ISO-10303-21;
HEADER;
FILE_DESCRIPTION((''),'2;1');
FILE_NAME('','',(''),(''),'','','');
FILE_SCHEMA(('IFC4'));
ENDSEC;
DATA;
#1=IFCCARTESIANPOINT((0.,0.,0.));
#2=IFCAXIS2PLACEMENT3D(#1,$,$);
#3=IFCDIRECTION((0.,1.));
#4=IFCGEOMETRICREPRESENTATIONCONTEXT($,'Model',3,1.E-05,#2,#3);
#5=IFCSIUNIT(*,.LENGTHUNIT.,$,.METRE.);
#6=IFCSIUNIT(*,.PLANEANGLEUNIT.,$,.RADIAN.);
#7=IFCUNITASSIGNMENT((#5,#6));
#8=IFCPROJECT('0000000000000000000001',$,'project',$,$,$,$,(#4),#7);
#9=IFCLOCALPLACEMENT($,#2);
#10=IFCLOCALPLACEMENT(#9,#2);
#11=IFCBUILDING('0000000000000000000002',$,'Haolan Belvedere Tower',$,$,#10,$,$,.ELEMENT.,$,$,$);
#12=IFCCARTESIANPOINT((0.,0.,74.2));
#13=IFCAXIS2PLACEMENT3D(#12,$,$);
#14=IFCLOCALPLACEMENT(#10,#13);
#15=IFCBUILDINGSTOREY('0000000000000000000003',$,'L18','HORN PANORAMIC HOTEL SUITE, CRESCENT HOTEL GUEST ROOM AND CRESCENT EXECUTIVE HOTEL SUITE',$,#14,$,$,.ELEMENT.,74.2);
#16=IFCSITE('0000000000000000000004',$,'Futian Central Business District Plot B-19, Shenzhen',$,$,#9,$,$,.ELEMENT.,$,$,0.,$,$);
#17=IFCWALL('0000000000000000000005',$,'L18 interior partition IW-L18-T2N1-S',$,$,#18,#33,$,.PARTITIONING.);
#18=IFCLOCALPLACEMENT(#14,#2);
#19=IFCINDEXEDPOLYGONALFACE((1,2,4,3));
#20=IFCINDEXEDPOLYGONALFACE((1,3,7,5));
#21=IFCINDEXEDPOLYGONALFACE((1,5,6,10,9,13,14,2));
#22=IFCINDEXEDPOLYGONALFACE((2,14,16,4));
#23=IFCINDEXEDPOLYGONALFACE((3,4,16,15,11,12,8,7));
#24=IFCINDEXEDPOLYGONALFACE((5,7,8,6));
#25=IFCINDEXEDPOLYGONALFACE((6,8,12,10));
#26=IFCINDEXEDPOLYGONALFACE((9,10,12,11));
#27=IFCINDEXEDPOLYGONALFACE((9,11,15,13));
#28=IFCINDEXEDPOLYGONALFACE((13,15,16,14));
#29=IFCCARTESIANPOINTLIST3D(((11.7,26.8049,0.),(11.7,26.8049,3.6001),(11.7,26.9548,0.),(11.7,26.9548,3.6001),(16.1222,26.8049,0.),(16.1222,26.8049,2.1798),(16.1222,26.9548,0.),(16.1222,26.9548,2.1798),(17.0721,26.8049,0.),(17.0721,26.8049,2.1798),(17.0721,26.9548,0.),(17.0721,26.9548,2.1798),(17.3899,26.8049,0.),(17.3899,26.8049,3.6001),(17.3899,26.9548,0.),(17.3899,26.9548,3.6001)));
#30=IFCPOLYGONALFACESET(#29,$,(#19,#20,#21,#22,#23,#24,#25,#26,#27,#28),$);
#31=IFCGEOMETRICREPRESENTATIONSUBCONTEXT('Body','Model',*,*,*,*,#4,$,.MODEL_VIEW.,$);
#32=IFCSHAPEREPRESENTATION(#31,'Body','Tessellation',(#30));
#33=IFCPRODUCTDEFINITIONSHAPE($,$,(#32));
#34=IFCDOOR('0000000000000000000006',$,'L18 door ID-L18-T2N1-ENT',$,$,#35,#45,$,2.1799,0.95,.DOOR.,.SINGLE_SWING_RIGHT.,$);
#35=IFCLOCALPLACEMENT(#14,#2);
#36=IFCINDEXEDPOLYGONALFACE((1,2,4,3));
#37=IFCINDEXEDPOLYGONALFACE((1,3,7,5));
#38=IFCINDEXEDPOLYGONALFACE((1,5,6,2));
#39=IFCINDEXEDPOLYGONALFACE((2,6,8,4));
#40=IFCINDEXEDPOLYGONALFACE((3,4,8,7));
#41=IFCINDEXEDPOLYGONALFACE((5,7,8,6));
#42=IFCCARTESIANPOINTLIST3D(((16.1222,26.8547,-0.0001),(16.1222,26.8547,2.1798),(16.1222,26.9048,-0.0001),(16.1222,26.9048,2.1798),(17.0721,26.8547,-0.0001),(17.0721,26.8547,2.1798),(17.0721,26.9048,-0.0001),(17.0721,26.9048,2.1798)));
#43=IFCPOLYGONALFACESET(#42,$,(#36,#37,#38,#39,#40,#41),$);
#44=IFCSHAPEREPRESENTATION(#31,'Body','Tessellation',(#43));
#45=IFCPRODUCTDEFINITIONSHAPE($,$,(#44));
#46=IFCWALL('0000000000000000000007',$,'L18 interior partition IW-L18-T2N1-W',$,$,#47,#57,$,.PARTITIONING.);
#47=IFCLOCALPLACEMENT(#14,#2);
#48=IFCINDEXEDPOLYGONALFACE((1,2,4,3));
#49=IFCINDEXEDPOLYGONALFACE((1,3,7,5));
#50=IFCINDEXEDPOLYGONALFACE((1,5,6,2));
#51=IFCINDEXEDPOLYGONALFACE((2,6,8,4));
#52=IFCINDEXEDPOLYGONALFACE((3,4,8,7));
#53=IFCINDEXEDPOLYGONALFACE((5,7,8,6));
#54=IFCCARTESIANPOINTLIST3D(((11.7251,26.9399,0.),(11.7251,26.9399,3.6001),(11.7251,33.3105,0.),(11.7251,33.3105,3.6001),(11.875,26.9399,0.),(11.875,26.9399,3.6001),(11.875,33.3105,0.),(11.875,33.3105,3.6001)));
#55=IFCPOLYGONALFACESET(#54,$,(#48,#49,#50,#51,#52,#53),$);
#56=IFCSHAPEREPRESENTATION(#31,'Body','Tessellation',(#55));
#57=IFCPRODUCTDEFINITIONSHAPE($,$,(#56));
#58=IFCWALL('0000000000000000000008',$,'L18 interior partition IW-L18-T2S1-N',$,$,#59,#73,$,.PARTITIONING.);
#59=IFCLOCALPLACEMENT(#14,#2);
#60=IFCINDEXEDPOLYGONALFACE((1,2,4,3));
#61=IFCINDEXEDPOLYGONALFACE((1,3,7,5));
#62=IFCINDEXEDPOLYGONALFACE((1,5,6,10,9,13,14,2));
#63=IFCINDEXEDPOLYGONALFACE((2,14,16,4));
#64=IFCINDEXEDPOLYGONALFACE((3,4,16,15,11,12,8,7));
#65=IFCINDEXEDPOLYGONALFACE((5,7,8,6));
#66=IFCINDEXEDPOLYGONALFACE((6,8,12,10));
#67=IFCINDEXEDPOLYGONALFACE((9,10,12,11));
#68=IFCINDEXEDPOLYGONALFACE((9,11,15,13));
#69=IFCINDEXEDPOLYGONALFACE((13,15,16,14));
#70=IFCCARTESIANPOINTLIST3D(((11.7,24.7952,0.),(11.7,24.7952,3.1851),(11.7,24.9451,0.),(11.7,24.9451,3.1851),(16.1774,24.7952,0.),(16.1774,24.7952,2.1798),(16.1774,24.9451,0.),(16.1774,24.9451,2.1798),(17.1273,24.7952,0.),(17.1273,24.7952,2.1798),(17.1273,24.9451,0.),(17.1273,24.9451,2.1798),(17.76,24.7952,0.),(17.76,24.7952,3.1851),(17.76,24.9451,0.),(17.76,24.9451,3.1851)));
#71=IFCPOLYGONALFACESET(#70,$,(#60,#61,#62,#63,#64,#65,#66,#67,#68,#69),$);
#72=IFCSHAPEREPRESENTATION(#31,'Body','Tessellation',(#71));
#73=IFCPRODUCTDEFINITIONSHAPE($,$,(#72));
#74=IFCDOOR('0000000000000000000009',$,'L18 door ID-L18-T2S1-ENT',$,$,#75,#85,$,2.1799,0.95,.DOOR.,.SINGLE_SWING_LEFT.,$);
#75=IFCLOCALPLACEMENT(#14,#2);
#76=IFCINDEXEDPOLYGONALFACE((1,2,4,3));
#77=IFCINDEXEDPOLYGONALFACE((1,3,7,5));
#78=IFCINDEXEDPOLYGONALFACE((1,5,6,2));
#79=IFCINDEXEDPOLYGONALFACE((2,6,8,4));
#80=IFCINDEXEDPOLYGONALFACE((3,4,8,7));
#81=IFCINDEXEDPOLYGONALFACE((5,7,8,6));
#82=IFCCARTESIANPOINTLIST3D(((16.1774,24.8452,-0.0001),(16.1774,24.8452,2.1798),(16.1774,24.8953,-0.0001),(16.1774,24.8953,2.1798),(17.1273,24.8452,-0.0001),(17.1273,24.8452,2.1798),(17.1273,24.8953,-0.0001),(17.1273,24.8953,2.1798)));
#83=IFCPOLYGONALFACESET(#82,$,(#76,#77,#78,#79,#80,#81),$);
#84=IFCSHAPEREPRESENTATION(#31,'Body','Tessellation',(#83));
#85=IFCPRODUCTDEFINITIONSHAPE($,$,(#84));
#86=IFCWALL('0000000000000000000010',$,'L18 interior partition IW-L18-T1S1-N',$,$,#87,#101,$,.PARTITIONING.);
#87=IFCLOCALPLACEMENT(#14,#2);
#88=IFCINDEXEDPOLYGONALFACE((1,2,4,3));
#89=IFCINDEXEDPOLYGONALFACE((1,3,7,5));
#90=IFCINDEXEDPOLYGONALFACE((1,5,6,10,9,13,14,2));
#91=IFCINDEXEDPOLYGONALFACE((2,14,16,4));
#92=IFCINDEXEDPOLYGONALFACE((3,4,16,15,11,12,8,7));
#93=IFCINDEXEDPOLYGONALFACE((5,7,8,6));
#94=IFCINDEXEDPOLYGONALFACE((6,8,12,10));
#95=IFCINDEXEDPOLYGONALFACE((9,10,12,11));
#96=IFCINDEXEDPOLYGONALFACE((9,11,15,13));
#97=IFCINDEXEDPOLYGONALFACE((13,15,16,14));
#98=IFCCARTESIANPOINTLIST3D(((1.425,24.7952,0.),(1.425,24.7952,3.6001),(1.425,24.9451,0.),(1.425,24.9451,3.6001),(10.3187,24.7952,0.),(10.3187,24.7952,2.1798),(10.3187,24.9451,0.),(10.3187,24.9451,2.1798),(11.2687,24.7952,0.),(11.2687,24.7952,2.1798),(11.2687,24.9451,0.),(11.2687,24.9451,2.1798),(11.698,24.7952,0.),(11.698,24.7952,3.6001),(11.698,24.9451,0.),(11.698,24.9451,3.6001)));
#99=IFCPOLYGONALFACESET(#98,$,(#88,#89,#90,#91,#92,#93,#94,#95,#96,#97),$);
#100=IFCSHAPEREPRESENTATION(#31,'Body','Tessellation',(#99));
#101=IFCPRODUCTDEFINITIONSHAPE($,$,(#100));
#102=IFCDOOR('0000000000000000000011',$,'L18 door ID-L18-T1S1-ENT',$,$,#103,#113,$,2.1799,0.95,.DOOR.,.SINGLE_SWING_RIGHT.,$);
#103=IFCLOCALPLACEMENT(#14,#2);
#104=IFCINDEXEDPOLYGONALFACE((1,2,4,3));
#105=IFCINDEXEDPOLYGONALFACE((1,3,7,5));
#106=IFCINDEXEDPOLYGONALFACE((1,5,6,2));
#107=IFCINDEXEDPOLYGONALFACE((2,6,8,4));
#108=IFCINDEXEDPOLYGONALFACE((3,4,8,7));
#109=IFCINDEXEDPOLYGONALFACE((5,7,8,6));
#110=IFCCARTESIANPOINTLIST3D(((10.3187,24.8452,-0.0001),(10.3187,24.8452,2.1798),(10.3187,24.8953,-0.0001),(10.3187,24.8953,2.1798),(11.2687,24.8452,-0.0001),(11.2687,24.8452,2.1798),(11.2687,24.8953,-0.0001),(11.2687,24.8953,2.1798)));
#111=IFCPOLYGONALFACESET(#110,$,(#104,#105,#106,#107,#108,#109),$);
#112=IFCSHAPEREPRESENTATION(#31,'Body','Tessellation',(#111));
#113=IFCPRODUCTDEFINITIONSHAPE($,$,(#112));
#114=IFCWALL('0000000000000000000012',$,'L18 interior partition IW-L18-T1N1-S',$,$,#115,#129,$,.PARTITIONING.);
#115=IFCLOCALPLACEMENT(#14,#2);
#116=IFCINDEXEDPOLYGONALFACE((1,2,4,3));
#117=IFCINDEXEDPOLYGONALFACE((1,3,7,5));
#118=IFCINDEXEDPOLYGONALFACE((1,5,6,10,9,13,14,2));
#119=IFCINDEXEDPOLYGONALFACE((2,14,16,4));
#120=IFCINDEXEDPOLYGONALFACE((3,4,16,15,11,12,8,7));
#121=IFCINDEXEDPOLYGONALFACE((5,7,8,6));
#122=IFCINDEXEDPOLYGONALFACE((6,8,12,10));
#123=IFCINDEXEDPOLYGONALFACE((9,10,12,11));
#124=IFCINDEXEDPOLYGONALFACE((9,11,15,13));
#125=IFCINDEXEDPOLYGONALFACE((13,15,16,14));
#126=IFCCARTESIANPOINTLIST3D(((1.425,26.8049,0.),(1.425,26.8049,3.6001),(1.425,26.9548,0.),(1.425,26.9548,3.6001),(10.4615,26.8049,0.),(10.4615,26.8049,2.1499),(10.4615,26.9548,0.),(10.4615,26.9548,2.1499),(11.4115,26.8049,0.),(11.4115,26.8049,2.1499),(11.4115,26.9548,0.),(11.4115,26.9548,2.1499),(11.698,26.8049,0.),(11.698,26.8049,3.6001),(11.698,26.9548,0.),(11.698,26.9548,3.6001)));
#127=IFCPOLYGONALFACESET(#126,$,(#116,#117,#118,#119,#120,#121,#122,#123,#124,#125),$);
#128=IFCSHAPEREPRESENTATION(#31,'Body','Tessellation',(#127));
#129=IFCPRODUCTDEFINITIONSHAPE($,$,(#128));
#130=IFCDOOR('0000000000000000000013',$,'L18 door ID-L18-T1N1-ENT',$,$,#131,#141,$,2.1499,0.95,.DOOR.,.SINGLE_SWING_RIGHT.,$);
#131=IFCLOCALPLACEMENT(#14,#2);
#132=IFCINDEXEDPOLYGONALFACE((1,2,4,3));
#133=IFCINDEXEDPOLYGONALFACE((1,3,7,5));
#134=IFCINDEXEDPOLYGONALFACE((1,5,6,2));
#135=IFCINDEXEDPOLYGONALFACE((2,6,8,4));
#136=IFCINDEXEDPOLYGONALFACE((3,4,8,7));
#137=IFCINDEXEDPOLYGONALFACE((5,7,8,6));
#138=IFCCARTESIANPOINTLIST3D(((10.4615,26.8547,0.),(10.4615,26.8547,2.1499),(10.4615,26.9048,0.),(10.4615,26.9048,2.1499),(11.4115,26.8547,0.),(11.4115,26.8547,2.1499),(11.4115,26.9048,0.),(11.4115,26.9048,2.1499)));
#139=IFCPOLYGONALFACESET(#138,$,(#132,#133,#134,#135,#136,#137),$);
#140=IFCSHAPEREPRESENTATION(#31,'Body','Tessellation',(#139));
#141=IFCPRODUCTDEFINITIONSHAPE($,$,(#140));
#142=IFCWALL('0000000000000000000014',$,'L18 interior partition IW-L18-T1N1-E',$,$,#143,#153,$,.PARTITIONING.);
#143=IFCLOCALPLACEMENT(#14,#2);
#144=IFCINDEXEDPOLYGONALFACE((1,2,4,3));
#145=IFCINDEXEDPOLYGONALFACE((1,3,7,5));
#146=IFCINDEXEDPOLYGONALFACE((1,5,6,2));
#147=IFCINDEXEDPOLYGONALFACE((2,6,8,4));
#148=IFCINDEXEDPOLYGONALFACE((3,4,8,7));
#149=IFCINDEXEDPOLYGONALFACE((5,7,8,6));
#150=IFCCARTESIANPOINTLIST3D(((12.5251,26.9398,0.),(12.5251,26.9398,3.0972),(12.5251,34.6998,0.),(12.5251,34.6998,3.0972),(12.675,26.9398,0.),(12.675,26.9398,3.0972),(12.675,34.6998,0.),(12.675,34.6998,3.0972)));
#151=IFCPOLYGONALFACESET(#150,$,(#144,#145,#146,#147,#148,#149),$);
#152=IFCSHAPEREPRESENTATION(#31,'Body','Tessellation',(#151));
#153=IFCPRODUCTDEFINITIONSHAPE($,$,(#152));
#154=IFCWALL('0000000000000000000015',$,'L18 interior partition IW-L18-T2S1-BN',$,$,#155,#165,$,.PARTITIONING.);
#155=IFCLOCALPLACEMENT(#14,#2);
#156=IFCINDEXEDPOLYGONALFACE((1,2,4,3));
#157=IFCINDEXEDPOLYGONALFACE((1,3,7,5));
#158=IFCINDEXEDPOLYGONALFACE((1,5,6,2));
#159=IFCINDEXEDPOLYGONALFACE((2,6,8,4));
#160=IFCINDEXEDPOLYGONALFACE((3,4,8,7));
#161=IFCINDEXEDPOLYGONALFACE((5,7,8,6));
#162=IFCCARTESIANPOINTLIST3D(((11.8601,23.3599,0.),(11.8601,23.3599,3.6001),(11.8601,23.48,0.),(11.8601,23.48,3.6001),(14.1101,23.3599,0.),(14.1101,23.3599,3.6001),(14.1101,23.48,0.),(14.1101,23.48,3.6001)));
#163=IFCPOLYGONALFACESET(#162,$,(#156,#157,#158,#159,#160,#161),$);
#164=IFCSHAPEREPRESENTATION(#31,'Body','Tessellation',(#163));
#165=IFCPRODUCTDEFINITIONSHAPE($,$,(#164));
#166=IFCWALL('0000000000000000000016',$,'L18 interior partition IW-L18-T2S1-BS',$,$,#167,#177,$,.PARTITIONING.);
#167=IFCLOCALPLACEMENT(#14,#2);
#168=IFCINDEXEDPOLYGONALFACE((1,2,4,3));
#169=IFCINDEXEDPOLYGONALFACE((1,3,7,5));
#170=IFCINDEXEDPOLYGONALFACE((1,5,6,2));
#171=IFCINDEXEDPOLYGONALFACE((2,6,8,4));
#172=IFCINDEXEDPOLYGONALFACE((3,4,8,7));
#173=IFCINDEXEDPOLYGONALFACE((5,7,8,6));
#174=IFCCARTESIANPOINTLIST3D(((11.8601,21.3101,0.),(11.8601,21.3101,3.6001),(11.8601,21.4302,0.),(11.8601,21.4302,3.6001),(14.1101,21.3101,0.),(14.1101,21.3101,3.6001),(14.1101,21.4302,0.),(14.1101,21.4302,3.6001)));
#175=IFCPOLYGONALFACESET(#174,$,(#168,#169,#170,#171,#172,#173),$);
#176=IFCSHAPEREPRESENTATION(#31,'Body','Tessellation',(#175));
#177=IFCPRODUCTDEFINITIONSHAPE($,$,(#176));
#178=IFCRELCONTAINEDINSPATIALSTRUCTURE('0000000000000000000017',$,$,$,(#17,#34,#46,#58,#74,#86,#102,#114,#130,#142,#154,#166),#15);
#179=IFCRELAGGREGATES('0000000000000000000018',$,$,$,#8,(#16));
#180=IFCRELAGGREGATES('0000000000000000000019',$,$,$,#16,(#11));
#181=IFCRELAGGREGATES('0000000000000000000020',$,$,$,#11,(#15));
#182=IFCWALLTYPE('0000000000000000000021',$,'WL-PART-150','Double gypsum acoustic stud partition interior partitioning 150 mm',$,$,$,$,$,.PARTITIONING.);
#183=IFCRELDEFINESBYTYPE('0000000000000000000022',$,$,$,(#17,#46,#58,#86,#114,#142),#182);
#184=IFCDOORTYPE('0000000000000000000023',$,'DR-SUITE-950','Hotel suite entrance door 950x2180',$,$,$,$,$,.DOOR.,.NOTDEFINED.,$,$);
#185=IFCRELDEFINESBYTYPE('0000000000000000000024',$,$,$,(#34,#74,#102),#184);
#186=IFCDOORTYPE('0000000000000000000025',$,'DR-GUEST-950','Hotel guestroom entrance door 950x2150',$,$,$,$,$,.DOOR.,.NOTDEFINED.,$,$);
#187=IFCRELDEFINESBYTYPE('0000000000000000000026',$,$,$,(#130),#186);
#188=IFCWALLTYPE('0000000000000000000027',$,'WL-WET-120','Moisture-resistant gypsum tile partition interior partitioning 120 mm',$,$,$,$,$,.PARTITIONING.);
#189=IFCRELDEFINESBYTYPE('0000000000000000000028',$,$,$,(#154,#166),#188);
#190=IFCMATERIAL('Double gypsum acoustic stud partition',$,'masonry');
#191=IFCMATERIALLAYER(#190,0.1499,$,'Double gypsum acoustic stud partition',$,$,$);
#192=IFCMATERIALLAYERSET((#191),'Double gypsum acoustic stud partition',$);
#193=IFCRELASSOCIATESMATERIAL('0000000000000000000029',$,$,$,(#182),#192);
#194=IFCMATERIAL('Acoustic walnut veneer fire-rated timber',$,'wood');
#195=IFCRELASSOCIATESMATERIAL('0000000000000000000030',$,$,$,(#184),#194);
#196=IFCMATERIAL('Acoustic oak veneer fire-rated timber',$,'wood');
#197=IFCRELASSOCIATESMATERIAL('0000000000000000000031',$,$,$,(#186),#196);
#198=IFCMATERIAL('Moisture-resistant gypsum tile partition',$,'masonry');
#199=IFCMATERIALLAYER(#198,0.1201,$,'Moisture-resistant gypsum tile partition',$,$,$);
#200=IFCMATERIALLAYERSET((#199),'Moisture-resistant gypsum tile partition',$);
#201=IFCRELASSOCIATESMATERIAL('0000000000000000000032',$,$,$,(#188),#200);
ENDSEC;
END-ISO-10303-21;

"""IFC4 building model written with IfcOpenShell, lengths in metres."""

from ifc_helpers import new_model, si_unit, direction, frame, frame_2d, origin, place, context, subcontext, project, spatial, rectangle, extrude, material, layer, layer_set, type_object, element, fill, save


model = new_model("IFC4")

# Units and contexts
model_context = context("Model", 3, precision=1e-05, world=origin(), true_north=direction((0.0, 1.0)))
body_context = subcontext(model_context, "Body", "Model", "MODEL_VIEW")
ifc_project = project(units=[si_unit("LENGTHUNIT", "METRE"), si_unit("PLANEANGLEUNIT", "RADIAN")], contexts=[model_context])

# Site, building, storey
site_placement = place(None, origin())
site = spatial("IfcSite", under=ifc_project, at=site_placement, Name="Futian Central Business District Plot B-19, Shenzhen", CompositionType="ELEMENT", RefElevation=0.0)
building_placement = place(site_placement, origin())
building = spatial("IfcBuilding", under=site, at=building_placement, Name="Haolan Belvedere Tower", CompositionType="ELEMENT")
storey_placement = place(building_placement, frame((0.0, 0.0, 74.2)))
storey = spatial("IfcBuildingStorey", under=building, at=storey_placement, Name="L18", Description="HORN PANORAMIC HOTEL SUITE, CRESCENT HOTEL GUEST ROOM AND CRESCENT EXECUTIVE HOTEL SUITE", CompositionType="ELEMENT", Elevation=74.2)

# Wall, opening, door
ifc_material_1 = material(Name="Double gypsum acoustic stud partition", Category="masonry")
ifc_layer_1 = layer(ifc_material_1, 0.1499, Name="Double gypsum acoustic stud partition")
ifc_layer_set_1 = layer_set([ifc_layer_1], Name="Double gypsum acoustic stud partition")
wall_type_1 = type_object("IfcWallType", Name="WL-PART-150", Description="Double gypsum acoustic stud partition interior partitioning 150 mm", PredefinedType="PARTITIONING", material=ifc_layer_set_1)
wall_1_placement = place(storey_placement, frame((11.7, 26.8799, 0.0), z_axis=(0.0, 0.0, 1.0), x_axis=(1.0, 0.0, 0.0)))
wall_1 = element("IfcWall", 1, at=wall_1_placement, inside=storey, type_object=wall_type_1, Name="L18 interior partition IW-L18-T2N1-S", PredefinedType="PARTITIONING", context=body_context, shape_type="SweptSolid", body=[
    extrude(rectangle(XDim=5.6899, YDim=0.1499, at=frame_2d((2.845, 0.0))), origin(), (0.0, 0.0, 1.0), 3.6001),
])
opening_1_placement = place(wall_1_placement, frame((4.4221, 0.0, 0.0)))
opening_1 = element("IfcOpeningElement", 2, at=opening_1_placement, cuts=wall_1, PredefinedType="OPENING", context=body_context, shape_type="SweptSolid", body=[
    extrude(rectangle(XDim=0.95, YDim=2.1799, at=frame_2d((0.4751, 1.0898))), frame((0.0, 0.085, 0.0), z_axis=(0.0, -1.0, 0.0), x_axis=(1.0, 0.0, 0.0)), (0.0, 0.0, 1.0), 0.1699),
])
ifc_material_2 = material(Name="Acoustic walnut veneer fire-rated timber", Category="wood")
door_type_1 = type_object("IfcDoorType", Name="DR-SUITE-950", Description="Hotel suite entrance door 950x2180", OperationType="NOTDEFINED", PredefinedType="DOOR", material=ifc_material_2)
door_1_placement = place(opening_1_placement, origin())
door_1 = element("IfcDoor", 3, at=door_1_placement, inside=storey, type_object=door_type_1, Name="L18 door ID-L18-T2N1-ENT", OperationType="SINGLE_SWING_RIGHT", OverallHeight=2.1799, OverallWidth=0.95, PredefinedType="DOOR", context=body_context, shape_type="SweptSolid", body=[
    extrude(rectangle(XDim=0.95, YDim=2.1799, at=frame_2d((0.4751, 1.0898))), frame((0.0, 0.0249, 0.0), z_axis=(0.0, -1.0, 0.0), x_axis=(1.0, 0.0, 0.0)), (0.0, 0.0, 1.0), 0.05),
])
fill(opening_1, door_1)

# Wall
wall_2_placement = place(storey_placement, frame((11.8, 26.9399, 0.0), z_axis=(0.0, 0.0, 1.0), x_axis=(0.0, 1.0, 0.0)))
element("IfcWall", 4, at=wall_2_placement, inside=storey, type_object=wall_type_1, Name="L18 interior partition IW-L18-T2N1-W", PredefinedType="PARTITIONING", context=body_context, shape_type="SweptSolid", body=[
    extrude(rectangle(XDim=6.3706, YDim=0.1499, at=frame_2d((3.1853, 0.0))), origin(), (0.0, 0.0, 1.0), 3.6001),
])

# Walls, openings, doors
wall_3_placement = place(storey_placement, frame((11.7, 24.8701, 0.0), z_axis=(0.0, 0.0, 1.0), x_axis=(1.0, 0.0, 0.0)))
wall_3 = element("IfcWall", 5, at=wall_3_placement, inside=storey, type_object=wall_type_1, Name="L18 interior partition IW-L18-T2S1-N", PredefinedType="PARTITIONING", context=body_context, shape_type="SweptSolid", body=[
    extrude(rectangle(XDim=6.0601, YDim=0.1499, at=frame_2d((3.03, 0.0))), origin(), (0.0, 0.0, 1.0), 3.1851),
])
opening_2_placement = place(wall_3_placement, frame((5.4275, 0.0, 0.0), z_axis=(0.0, 0.0, 1.0), x_axis=(-1.0, 0.0, 0.0)))
opening_2 = element("IfcOpeningElement", 6, at=opening_2_placement, cuts=wall_3, PredefinedType="OPENING", context=body_context, shape_type="SweptSolid", body=[
    extrude(rectangle(XDim=0.95, YDim=2.1799, at=frame_2d((0.4751, 1.0898))), frame((0.0, 0.085, 0.0), z_axis=(0.0, -1.0, 0.0), x_axis=(1.0, 0.0, 0.0)), (0.0, 0.0, 1.0), 0.1699),
])
door_2_placement = place(opening_2_placement, origin())
door_2 = element("IfcDoor", 7, at=door_2_placement, inside=storey, type_object=door_type_1, Name="L18 door ID-L18-T2S1-ENT", OperationType="SINGLE_SWING_LEFT", OverallHeight=2.1799, OverallWidth=0.95, PredefinedType="DOOR", context=body_context, shape_type="SweptSolid", body=[
    extrude(rectangle(XDim=0.95, YDim=2.1799, at=frame_2d((0.4751, 1.0898))), frame((0.0, 0.0249, 0.0), z_axis=(0.0, -1.0, 0.0), x_axis=(1.0, 0.0, 0.0)), (0.0, 0.0, 1.0), 0.05),
])
fill(opening_2, door_2)
wall_4_placement = place(storey_placement, frame((1.425, 24.8701, 0.0), z_axis=(0.0, 0.0, 1.0), x_axis=(1.0, 0.0, 0.0)))
wall_4 = element("IfcWall", 8, at=wall_4_placement, inside=storey, type_object=wall_type_1, Name="L18 interior partition IW-L18-T1S1-N", PredefinedType="PARTITIONING", context=body_context, shape_type="SweptSolid", body=[
    extrude(rectangle(XDim=10.2729, YDim=0.1499, at=frame_2d((5.1365, 0.0))), origin(), (0.0, 0.0, 1.0), 3.6001),
])
opening_3_placement = place(wall_4_placement, frame((9.8438, 0.0, 0.0), z_axis=(0.0, 0.0, 1.0), x_axis=(-1.0, 0.0, 0.0)))
opening_3 = element("IfcOpeningElement", 9, at=opening_3_placement, cuts=wall_4, PredefinedType="OPENING", context=body_context, shape_type="SweptSolid", body=[
    extrude(rectangle(XDim=0.95, YDim=2.1799, at=frame_2d((0.4751, 1.0898))), frame((0.0, 0.085, 0.0), z_axis=(0.0, -1.0, 0.0), x_axis=(1.0, 0.0, 0.0)), (0.0, 0.0, 1.0), 0.1699),
])
door_3_placement = place(opening_3_placement, origin())
door_3 = element("IfcDoor", 10, at=door_3_placement, inside=storey, type_object=door_type_1, Name="L18 door ID-L18-T1S1-ENT", OperationType="SINGLE_SWING_RIGHT", OverallHeight=2.1799, OverallWidth=0.95, PredefinedType="DOOR", context=body_context, shape_type="SweptSolid", body=[
    extrude(rectangle(XDim=0.95, YDim=2.1799, at=frame_2d((0.4751, 1.0898))), frame((0.0, 0.0249, 0.0), z_axis=(0.0, -1.0, 0.0), x_axis=(1.0, 0.0, 0.0)), (0.0, 0.0, 1.0), 0.05),
])
fill(opening_3, door_3)
wall_5_placement = place(storey_placement, frame((1.425, 26.8799, 0.0), z_axis=(0.0, 0.0, 1.0), x_axis=(1.0, 0.0, 0.0)))
wall_5 = element("IfcWall", 11, at=wall_5_placement, inside=storey, type_object=wall_type_1, Name="L18 interior partition IW-L18-T1N1-S", PredefinedType="PARTITIONING", context=body_context, shape_type="SweptSolid", body=[
    extrude(rectangle(XDim=10.2729, YDim=0.1499, at=frame_2d((5.1365, 0.0))), origin(), (0.0, 0.0, 1.0), 3.6001),
])
opening_4_placement = place(wall_5_placement, frame((9.0364, 0.0, 0.0)))
opening_4 = element("IfcOpeningElement", 12, at=opening_4_placement, cuts=wall_5, PredefinedType="OPENING", context=body_context, shape_type="SweptSolid", body=[
    extrude(rectangle(XDim=0.95, YDim=2.1499, at=frame_2d((0.4751, 1.075))), frame((0.0, 0.085, 0.0), z_axis=(0.0, -1.0, 0.0), x_axis=(1.0, 0.0, 0.0)), (0.0, 0.0, 1.0), 0.1699),
])
ifc_material_3 = material(Name="Acoustic oak veneer fire-rated timber", Category="wood")
door_type_2 = type_object("IfcDoorType", Name="DR-GUEST-950", Description="Hotel guestroom entrance door 950x2150", OperationType="NOTDEFINED", PredefinedType="DOOR", material=ifc_material_3)
door_4_placement = place(opening_4_placement, origin())
door_4 = element("IfcDoor", 13, at=door_4_placement, inside=storey, type_object=door_type_2, Name="L18 door ID-L18-T1N1-ENT", OperationType="SINGLE_SWING_RIGHT", OverallHeight=2.1499, OverallWidth=0.95, PredefinedType="DOOR", context=body_context, shape_type="SweptSolid", body=[
    extrude(rectangle(XDim=0.95, YDim=2.1499, at=frame_2d((0.4751, 1.075))), frame((0.0, 0.0249, 0.0), z_axis=(0.0, -1.0, 0.0), x_axis=(1.0, 0.0, 0.0)), (0.0, 0.0, 1.0), 0.05),
])
fill(opening_4, door_4)

# Walls
wall_6_placement = place(storey_placement, frame((12.6001, 26.9399, 0.0), z_axis=(0.0, 0.0, 1.0), x_axis=(0.0, 1.0, 0.0)))
element("IfcWall", 14, at=wall_6_placement, inside=storey, type_object=wall_type_1, Name="L18 interior partition IW-L18-T1N1-E", PredefinedType="PARTITIONING", context=body_context, shape_type="SweptSolid", body=[
    extrude(rectangle(XDim=7.76, YDim=0.1499, at=frame_2d((3.8799, 0.0))), origin(), (0.0, 0.0, 1.0), 3.0972),
])
ifc_material_4 = material(Name="Moisture-resistant gypsum tile partition", Category="masonry")
ifc_layer_2 = layer(ifc_material_4, 0.1201, Name="Moisture-resistant gypsum tile partition")
ifc_layer_set_2 = layer_set([ifc_layer_2], Name="Moisture-resistant gypsum tile partition")
wall_type_2 = type_object("IfcWallType", Name="WL-WET-120", Description="Moisture-resistant gypsum tile partition interior partitioning 120 mm", PredefinedType="PARTITIONING", material=ifc_layer_set_2)
for number, where, z_axis, x_axis, name in (
    (15, (11.8601, 23.4199, 0.0), (0.0, 0.0, 1.0), (1.0, 0.0, 0.0), "L18 interior partition IW-L18-T2S1-BN"),
    (16, (11.8601, 21.3701, 0.0), (0.0, 0.0, 1.0), (1.0, 0.0, 0.0), "L18 interior partition IW-L18-T2S1-BS"),
):
    element("IfcWall", number, at=place(storey_placement, frame(where, z_axis=z_axis, x_axis=x_axis)), inside=storey, type_object=wall_type_2, Name=name, PredefinedType="PARTITIONING", context=body_context, shape_type="SweptSolid", body=[
        extrude(rectangle(XDim=2.25, YDim=0.1201, at=frame_2d((1.125, 0.0))), origin(), (0.0, 0.0, 1.0), 3.6001),
    ])

save(model, "model.ifc")
